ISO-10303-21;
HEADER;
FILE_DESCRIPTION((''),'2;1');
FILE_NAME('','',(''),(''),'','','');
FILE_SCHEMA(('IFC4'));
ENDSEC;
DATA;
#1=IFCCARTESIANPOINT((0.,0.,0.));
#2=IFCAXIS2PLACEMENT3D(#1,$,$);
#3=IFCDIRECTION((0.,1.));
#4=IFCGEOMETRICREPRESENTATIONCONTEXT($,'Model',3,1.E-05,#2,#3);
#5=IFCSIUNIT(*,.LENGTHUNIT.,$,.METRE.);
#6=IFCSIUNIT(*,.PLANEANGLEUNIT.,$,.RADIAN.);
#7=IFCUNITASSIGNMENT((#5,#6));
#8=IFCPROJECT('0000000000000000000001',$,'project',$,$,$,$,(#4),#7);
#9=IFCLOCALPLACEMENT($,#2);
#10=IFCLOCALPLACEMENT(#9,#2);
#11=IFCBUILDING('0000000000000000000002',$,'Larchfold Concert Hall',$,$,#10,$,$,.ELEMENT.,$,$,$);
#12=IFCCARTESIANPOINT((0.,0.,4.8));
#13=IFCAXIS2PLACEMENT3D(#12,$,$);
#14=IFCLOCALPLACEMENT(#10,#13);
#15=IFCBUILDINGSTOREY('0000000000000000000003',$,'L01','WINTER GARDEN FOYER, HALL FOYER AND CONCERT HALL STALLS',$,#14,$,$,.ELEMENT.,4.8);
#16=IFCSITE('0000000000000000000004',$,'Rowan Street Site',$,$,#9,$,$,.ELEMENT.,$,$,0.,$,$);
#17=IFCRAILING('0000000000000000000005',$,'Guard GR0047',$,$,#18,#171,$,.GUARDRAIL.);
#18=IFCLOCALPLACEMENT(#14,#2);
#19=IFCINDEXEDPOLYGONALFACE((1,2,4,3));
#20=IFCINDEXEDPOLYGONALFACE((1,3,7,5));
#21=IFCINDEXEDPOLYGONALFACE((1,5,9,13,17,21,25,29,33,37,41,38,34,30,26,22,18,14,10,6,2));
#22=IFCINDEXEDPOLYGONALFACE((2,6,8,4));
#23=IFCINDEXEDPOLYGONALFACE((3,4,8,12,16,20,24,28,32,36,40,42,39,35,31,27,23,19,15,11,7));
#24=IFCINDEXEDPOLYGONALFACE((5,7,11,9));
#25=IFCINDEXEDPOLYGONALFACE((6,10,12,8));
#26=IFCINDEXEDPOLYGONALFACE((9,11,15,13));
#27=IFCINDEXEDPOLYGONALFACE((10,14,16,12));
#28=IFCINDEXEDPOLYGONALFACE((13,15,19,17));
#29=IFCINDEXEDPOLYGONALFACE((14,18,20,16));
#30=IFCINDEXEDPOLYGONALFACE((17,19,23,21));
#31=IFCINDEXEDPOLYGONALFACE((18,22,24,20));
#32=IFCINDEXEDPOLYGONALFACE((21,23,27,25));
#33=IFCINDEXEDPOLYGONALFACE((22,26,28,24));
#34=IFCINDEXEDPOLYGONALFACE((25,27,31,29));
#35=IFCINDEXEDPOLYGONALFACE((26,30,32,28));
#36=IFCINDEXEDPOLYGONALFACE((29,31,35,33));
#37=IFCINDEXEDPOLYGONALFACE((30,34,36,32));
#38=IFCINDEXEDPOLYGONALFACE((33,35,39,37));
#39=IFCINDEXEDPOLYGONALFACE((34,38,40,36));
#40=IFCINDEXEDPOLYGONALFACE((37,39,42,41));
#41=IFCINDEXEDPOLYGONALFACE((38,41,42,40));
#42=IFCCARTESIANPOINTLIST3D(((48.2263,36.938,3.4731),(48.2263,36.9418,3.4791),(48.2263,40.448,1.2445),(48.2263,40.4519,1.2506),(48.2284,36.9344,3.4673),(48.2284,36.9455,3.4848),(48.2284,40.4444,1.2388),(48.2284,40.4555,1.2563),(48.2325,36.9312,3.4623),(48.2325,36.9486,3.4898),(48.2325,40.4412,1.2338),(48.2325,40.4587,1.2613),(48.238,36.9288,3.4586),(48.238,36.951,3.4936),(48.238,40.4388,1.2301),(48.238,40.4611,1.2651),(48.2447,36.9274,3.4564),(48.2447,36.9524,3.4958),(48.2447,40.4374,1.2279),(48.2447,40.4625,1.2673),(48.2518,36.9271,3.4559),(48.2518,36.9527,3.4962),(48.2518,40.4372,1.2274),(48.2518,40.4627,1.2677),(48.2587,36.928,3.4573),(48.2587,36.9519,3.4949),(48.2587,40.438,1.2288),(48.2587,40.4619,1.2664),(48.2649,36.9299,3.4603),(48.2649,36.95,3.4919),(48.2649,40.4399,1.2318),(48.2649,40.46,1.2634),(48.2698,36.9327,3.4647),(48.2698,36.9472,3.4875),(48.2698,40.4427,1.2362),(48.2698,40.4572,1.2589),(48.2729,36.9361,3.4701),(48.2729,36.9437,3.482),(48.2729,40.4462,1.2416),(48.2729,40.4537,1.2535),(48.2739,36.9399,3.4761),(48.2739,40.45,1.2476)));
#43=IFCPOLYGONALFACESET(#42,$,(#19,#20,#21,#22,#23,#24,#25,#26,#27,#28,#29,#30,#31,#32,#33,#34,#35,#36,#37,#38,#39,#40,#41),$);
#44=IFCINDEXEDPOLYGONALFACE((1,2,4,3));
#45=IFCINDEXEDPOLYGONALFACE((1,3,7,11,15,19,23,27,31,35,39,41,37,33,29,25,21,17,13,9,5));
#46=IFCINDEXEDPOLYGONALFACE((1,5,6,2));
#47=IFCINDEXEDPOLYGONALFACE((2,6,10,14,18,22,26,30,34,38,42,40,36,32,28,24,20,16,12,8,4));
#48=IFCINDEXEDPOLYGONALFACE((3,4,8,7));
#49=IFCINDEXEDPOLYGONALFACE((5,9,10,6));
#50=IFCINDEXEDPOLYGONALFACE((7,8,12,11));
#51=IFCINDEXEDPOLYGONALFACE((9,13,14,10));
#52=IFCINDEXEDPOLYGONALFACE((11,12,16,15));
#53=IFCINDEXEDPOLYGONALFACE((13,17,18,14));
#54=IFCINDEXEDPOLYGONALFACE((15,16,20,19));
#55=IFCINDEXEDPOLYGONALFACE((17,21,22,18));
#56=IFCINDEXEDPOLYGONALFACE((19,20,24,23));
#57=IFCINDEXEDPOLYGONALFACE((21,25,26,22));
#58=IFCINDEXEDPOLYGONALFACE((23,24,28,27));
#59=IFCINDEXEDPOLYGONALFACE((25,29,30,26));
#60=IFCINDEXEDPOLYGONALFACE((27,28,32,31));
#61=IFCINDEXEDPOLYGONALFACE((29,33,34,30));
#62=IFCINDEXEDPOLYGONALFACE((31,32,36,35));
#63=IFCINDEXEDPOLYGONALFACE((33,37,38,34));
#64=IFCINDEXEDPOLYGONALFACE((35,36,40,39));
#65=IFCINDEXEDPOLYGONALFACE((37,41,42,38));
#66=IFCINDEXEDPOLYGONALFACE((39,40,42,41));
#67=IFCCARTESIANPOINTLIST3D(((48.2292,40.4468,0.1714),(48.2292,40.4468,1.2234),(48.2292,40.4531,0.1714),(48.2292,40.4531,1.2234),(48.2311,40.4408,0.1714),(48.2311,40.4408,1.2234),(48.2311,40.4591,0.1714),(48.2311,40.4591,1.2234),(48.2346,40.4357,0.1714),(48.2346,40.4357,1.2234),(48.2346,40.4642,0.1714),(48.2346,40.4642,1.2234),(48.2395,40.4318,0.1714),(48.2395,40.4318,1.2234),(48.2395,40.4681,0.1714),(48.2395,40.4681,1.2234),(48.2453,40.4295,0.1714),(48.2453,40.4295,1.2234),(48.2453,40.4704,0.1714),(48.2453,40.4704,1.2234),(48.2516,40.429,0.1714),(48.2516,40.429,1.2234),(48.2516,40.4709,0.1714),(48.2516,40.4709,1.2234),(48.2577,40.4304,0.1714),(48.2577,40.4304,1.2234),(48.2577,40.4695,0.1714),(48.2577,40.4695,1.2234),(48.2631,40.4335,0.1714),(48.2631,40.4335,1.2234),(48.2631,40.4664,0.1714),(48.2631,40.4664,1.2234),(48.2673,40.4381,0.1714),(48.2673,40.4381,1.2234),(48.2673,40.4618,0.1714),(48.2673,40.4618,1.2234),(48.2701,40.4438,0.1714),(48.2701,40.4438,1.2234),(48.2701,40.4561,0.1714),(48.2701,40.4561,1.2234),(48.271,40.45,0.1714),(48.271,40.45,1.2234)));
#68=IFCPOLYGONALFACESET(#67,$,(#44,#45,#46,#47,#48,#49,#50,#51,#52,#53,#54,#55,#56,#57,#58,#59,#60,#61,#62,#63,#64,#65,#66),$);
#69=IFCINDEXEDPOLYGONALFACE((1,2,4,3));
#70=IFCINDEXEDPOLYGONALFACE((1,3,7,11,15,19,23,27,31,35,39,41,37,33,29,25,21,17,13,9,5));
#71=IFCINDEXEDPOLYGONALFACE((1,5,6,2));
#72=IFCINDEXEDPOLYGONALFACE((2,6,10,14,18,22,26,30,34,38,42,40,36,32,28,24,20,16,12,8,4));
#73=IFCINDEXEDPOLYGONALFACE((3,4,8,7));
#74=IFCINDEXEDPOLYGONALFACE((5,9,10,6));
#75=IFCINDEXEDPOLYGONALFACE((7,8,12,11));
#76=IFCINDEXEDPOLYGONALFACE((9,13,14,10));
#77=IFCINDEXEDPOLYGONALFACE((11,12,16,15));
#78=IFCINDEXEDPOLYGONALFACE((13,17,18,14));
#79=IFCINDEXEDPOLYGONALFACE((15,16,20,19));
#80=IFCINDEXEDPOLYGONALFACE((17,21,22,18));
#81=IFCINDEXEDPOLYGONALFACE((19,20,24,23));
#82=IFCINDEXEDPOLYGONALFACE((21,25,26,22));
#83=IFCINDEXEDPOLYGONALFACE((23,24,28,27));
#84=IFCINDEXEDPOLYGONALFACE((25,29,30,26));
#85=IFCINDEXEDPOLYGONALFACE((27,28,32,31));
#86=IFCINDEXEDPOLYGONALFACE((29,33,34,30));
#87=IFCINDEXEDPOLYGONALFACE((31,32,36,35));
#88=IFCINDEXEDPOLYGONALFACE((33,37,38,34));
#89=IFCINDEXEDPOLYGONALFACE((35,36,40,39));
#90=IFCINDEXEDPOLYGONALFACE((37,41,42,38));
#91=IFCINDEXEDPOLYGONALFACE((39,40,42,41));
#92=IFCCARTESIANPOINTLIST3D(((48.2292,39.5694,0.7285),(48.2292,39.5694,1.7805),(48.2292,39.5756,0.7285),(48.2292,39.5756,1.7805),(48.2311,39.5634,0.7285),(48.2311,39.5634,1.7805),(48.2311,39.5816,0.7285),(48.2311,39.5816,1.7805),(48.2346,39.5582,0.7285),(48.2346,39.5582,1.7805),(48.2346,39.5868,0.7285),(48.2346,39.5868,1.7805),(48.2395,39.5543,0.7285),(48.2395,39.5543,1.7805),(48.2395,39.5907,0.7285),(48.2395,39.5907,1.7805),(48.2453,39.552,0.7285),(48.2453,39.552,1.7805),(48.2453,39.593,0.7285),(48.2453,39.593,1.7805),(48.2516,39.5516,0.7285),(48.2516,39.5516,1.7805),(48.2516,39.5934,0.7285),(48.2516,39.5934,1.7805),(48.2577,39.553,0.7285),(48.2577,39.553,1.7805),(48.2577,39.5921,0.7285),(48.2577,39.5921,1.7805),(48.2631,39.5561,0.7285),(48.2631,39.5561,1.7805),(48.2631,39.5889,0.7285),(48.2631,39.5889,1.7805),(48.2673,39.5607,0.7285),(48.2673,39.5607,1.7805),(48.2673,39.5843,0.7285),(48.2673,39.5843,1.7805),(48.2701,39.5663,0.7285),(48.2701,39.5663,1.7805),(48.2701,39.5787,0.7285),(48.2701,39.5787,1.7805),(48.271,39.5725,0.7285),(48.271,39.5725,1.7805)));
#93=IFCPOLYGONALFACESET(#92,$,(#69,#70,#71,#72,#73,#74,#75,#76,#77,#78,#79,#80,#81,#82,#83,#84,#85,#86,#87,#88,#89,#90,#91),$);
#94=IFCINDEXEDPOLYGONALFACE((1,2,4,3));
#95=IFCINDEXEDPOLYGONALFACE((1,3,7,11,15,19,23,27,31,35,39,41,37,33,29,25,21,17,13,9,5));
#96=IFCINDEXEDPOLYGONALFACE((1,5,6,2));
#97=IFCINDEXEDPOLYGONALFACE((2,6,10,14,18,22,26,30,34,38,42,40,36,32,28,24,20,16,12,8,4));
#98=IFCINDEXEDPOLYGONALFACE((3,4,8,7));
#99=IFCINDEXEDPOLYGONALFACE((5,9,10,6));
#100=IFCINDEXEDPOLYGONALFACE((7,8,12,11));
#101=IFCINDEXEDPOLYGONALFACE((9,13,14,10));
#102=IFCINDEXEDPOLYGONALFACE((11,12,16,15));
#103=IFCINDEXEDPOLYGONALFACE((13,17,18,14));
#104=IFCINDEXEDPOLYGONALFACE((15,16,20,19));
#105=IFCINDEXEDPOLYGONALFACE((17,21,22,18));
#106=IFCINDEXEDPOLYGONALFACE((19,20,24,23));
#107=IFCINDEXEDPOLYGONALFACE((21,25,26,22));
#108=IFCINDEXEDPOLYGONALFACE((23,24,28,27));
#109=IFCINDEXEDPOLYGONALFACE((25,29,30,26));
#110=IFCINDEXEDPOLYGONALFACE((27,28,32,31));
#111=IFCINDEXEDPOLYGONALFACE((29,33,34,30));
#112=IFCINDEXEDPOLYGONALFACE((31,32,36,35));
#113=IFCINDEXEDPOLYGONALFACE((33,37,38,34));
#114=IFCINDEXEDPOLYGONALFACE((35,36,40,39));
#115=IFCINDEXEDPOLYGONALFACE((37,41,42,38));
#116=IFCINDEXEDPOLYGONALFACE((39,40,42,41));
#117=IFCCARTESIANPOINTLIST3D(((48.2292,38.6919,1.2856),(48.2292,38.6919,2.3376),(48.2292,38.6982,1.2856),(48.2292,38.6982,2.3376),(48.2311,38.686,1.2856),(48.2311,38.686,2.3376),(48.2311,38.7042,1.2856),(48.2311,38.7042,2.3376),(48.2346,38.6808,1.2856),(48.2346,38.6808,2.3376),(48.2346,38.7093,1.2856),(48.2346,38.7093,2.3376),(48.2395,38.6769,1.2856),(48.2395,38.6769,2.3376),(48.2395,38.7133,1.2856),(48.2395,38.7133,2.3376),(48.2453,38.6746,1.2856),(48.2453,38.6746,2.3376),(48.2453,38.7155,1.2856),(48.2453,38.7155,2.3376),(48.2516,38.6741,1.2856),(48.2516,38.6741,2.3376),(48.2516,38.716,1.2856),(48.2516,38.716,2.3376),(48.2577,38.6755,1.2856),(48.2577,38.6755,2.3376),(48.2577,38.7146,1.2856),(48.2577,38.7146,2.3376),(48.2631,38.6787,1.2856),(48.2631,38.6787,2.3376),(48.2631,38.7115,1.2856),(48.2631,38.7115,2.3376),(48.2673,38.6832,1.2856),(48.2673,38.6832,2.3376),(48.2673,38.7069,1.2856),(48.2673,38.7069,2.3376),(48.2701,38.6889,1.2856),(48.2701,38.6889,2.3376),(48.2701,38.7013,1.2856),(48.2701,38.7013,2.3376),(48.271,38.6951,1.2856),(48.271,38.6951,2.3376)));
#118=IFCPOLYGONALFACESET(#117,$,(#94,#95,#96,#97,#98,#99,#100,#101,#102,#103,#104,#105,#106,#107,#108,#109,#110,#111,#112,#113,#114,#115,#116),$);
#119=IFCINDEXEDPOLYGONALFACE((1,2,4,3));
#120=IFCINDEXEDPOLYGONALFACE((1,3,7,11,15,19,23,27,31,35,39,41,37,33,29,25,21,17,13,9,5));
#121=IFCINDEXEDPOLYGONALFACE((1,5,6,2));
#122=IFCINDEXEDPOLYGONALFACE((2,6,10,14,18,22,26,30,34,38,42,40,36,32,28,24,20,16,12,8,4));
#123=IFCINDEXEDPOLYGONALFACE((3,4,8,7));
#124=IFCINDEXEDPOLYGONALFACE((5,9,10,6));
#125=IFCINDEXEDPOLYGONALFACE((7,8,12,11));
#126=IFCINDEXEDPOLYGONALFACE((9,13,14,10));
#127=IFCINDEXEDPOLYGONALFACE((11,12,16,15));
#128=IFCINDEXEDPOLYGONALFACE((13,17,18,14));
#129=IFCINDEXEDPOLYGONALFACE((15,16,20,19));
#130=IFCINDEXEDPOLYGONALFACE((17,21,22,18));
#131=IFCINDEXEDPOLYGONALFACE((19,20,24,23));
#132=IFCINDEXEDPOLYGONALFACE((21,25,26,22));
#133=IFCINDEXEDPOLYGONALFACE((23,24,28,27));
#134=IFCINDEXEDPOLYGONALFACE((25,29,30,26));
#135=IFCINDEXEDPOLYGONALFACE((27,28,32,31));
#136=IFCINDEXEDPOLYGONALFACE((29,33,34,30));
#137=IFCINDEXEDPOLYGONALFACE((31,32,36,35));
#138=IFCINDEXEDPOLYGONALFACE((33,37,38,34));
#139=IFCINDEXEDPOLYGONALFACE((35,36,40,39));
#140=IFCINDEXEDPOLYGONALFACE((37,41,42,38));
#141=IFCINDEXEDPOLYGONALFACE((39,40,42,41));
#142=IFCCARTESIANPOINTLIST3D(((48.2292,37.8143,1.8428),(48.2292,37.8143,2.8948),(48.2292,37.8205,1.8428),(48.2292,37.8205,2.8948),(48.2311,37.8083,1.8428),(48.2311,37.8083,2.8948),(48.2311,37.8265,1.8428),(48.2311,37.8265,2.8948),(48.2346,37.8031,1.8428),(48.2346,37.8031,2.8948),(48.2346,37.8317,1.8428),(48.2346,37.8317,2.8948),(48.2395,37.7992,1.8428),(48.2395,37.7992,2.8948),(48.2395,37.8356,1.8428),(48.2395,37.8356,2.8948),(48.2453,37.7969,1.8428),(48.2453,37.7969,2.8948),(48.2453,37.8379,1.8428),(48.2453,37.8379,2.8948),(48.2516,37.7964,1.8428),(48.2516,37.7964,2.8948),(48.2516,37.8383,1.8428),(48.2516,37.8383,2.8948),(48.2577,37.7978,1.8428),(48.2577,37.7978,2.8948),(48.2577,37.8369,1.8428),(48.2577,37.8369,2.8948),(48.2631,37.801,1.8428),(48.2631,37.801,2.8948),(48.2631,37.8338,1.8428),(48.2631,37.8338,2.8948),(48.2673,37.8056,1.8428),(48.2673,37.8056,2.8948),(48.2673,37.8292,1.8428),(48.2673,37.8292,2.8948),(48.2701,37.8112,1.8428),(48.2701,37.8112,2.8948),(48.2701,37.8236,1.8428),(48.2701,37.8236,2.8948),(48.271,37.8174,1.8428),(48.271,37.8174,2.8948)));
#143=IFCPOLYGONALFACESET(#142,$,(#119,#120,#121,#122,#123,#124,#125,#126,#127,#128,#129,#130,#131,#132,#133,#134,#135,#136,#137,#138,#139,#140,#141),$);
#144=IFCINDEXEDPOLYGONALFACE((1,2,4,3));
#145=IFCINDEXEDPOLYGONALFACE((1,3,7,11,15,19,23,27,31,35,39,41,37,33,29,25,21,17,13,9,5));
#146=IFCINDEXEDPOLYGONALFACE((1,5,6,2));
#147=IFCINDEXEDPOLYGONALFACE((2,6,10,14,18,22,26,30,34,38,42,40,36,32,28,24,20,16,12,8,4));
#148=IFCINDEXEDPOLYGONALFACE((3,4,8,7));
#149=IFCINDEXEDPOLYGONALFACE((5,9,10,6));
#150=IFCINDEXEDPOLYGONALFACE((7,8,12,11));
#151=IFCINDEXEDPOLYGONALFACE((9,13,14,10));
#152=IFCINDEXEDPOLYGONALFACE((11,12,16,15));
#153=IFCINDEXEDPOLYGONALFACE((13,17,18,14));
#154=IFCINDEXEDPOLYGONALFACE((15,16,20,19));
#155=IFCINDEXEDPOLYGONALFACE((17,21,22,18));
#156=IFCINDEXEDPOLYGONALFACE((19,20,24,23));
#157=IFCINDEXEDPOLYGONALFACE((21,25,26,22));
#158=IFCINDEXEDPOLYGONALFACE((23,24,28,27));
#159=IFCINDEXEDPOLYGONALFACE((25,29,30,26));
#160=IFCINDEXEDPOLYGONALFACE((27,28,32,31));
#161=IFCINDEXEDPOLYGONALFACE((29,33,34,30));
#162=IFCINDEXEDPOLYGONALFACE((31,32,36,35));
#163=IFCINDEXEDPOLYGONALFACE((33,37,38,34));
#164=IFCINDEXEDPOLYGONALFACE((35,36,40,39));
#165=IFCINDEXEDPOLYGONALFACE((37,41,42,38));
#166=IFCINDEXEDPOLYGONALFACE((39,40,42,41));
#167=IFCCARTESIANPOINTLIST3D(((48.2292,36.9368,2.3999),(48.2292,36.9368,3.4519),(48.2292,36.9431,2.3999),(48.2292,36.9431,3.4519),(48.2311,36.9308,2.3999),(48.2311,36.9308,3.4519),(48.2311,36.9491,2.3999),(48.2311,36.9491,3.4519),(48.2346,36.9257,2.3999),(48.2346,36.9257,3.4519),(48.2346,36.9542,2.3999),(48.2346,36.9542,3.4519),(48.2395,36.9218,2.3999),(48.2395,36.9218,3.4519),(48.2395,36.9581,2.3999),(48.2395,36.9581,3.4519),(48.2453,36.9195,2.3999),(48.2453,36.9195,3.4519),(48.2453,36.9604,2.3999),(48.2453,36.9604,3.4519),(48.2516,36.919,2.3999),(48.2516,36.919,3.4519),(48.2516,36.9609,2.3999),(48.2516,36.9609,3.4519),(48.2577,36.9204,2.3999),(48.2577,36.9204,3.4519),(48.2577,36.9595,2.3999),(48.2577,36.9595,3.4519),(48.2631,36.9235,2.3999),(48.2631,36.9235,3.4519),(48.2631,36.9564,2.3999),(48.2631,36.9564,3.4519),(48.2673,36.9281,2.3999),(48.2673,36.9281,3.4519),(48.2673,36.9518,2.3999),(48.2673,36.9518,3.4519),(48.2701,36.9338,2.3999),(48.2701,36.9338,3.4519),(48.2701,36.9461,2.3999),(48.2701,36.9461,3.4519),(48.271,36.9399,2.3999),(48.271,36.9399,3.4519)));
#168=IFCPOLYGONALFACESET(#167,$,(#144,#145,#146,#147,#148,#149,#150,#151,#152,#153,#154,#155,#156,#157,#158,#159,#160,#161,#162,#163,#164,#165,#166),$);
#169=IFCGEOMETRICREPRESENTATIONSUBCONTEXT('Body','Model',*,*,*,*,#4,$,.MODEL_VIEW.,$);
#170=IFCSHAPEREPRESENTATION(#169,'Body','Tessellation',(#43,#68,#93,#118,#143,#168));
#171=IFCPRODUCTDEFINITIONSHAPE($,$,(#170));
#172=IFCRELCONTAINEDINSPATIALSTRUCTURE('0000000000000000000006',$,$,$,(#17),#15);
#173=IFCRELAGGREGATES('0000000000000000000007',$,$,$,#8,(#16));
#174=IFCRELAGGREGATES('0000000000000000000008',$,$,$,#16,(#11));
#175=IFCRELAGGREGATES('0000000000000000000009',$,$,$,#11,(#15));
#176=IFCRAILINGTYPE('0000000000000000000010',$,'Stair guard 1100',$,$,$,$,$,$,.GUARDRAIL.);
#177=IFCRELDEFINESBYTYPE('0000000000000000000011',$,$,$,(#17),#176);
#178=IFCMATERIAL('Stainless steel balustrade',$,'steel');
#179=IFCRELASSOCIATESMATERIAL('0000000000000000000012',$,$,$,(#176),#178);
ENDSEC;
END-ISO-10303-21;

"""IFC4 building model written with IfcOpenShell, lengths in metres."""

from ifc_helpers import new_model, si_unit, direction, frame, origin, origin_2d, place, context, subcontext, project, spatial, circle, extrude, material, type_object, element, save


model = new_model("IFC4")

# Units and contexts
model_context = context("Model", 3, precision=1e-05, world=origin(), true_north=direction((0.0, 1.0)))
body_context = subcontext(model_context, "Body", "Model", "MODEL_VIEW")
ifc_project = project(units=[si_unit("LENGTHUNIT", "METRE"), si_unit("PLANEANGLEUNIT", "RADIAN")], contexts=[model_context])

# Site, building, storey
site_placement = place(None, origin())
site = spatial("IfcSite", under=ifc_project, at=site_placement, Name="Rowan Street Site", CompositionType="ELEMENT", RefElevation=0.0)
building_placement = place(site_placement, origin())
building = spatial("IfcBuilding", under=site, at=building_placement, Name="Larchfold Concert Hall", CompositionType="ELEMENT")
storey_placement = place(building_placement, frame((0.0, 0.0, 4.8)))
storey = spatial("IfcBuildingStorey", under=building, at=storey_placement, Name="L01", Description="WINTER GARDEN FOYER, HALL FOYER AND CONCERT HALL STALLS", CompositionType="ELEMENT", Elevation=4.8)

# Railing
ifc_material_1 = material(Name="Stainless steel balustrade", Category="steel")
railing_type_1 = type_object("IfcRailingType", Name="Stair guard 1100", PredefinedType="GUARDRAIL", material=ifc_material_1)
railing_1_placement = place(storey_placement, frame((48.25, 40.45, 0.1714)))
element("IfcRailing", 1, at=railing_1_placement, inside=storey, type_object=railing_type_1, Name="Guard GR0047", PredefinedType="GUARDRAIL", context=body_context, shape_type="SweptSolid", body=[
    extrude(circle(Radius=0.0239, at=origin_2d()), frame((0.0, 0.0, 1.0762), z_axis=(0.0, -0.84422, 0.535998), x_axis=(1.0, 0.0, 0.0)), (0.0, 0.0, 1.0), 4.1577),
    extrude(circle(Radius=0.021, at=origin_2d()), origin(), (0.0, 0.0, 1.0), 1.052),
    extrude(circle(Radius=0.021, at=origin_2d()), frame((0.0, -0.8774, 0.5571)), (0.0, 0.0, 1.0), 1.052),
    extrude(circle(Radius=0.021, at=origin_2d()), frame((0.0, -1.7549, 1.1143)), (0.0, 0.0, 1.0), 1.052),
    extrude(circle(Radius=0.021, at=origin_2d()), frame((0.0, -2.6326, 1.6714)), (0.0, 0.0, 1.0), 1.052),
    extrude(circle(Radius=0.021, at=origin_2d()), frame((0.0, -3.51, 2.2285)), (0.0, 0.0, 1.0), 1.052),
])

save(model, "model.ifc")
